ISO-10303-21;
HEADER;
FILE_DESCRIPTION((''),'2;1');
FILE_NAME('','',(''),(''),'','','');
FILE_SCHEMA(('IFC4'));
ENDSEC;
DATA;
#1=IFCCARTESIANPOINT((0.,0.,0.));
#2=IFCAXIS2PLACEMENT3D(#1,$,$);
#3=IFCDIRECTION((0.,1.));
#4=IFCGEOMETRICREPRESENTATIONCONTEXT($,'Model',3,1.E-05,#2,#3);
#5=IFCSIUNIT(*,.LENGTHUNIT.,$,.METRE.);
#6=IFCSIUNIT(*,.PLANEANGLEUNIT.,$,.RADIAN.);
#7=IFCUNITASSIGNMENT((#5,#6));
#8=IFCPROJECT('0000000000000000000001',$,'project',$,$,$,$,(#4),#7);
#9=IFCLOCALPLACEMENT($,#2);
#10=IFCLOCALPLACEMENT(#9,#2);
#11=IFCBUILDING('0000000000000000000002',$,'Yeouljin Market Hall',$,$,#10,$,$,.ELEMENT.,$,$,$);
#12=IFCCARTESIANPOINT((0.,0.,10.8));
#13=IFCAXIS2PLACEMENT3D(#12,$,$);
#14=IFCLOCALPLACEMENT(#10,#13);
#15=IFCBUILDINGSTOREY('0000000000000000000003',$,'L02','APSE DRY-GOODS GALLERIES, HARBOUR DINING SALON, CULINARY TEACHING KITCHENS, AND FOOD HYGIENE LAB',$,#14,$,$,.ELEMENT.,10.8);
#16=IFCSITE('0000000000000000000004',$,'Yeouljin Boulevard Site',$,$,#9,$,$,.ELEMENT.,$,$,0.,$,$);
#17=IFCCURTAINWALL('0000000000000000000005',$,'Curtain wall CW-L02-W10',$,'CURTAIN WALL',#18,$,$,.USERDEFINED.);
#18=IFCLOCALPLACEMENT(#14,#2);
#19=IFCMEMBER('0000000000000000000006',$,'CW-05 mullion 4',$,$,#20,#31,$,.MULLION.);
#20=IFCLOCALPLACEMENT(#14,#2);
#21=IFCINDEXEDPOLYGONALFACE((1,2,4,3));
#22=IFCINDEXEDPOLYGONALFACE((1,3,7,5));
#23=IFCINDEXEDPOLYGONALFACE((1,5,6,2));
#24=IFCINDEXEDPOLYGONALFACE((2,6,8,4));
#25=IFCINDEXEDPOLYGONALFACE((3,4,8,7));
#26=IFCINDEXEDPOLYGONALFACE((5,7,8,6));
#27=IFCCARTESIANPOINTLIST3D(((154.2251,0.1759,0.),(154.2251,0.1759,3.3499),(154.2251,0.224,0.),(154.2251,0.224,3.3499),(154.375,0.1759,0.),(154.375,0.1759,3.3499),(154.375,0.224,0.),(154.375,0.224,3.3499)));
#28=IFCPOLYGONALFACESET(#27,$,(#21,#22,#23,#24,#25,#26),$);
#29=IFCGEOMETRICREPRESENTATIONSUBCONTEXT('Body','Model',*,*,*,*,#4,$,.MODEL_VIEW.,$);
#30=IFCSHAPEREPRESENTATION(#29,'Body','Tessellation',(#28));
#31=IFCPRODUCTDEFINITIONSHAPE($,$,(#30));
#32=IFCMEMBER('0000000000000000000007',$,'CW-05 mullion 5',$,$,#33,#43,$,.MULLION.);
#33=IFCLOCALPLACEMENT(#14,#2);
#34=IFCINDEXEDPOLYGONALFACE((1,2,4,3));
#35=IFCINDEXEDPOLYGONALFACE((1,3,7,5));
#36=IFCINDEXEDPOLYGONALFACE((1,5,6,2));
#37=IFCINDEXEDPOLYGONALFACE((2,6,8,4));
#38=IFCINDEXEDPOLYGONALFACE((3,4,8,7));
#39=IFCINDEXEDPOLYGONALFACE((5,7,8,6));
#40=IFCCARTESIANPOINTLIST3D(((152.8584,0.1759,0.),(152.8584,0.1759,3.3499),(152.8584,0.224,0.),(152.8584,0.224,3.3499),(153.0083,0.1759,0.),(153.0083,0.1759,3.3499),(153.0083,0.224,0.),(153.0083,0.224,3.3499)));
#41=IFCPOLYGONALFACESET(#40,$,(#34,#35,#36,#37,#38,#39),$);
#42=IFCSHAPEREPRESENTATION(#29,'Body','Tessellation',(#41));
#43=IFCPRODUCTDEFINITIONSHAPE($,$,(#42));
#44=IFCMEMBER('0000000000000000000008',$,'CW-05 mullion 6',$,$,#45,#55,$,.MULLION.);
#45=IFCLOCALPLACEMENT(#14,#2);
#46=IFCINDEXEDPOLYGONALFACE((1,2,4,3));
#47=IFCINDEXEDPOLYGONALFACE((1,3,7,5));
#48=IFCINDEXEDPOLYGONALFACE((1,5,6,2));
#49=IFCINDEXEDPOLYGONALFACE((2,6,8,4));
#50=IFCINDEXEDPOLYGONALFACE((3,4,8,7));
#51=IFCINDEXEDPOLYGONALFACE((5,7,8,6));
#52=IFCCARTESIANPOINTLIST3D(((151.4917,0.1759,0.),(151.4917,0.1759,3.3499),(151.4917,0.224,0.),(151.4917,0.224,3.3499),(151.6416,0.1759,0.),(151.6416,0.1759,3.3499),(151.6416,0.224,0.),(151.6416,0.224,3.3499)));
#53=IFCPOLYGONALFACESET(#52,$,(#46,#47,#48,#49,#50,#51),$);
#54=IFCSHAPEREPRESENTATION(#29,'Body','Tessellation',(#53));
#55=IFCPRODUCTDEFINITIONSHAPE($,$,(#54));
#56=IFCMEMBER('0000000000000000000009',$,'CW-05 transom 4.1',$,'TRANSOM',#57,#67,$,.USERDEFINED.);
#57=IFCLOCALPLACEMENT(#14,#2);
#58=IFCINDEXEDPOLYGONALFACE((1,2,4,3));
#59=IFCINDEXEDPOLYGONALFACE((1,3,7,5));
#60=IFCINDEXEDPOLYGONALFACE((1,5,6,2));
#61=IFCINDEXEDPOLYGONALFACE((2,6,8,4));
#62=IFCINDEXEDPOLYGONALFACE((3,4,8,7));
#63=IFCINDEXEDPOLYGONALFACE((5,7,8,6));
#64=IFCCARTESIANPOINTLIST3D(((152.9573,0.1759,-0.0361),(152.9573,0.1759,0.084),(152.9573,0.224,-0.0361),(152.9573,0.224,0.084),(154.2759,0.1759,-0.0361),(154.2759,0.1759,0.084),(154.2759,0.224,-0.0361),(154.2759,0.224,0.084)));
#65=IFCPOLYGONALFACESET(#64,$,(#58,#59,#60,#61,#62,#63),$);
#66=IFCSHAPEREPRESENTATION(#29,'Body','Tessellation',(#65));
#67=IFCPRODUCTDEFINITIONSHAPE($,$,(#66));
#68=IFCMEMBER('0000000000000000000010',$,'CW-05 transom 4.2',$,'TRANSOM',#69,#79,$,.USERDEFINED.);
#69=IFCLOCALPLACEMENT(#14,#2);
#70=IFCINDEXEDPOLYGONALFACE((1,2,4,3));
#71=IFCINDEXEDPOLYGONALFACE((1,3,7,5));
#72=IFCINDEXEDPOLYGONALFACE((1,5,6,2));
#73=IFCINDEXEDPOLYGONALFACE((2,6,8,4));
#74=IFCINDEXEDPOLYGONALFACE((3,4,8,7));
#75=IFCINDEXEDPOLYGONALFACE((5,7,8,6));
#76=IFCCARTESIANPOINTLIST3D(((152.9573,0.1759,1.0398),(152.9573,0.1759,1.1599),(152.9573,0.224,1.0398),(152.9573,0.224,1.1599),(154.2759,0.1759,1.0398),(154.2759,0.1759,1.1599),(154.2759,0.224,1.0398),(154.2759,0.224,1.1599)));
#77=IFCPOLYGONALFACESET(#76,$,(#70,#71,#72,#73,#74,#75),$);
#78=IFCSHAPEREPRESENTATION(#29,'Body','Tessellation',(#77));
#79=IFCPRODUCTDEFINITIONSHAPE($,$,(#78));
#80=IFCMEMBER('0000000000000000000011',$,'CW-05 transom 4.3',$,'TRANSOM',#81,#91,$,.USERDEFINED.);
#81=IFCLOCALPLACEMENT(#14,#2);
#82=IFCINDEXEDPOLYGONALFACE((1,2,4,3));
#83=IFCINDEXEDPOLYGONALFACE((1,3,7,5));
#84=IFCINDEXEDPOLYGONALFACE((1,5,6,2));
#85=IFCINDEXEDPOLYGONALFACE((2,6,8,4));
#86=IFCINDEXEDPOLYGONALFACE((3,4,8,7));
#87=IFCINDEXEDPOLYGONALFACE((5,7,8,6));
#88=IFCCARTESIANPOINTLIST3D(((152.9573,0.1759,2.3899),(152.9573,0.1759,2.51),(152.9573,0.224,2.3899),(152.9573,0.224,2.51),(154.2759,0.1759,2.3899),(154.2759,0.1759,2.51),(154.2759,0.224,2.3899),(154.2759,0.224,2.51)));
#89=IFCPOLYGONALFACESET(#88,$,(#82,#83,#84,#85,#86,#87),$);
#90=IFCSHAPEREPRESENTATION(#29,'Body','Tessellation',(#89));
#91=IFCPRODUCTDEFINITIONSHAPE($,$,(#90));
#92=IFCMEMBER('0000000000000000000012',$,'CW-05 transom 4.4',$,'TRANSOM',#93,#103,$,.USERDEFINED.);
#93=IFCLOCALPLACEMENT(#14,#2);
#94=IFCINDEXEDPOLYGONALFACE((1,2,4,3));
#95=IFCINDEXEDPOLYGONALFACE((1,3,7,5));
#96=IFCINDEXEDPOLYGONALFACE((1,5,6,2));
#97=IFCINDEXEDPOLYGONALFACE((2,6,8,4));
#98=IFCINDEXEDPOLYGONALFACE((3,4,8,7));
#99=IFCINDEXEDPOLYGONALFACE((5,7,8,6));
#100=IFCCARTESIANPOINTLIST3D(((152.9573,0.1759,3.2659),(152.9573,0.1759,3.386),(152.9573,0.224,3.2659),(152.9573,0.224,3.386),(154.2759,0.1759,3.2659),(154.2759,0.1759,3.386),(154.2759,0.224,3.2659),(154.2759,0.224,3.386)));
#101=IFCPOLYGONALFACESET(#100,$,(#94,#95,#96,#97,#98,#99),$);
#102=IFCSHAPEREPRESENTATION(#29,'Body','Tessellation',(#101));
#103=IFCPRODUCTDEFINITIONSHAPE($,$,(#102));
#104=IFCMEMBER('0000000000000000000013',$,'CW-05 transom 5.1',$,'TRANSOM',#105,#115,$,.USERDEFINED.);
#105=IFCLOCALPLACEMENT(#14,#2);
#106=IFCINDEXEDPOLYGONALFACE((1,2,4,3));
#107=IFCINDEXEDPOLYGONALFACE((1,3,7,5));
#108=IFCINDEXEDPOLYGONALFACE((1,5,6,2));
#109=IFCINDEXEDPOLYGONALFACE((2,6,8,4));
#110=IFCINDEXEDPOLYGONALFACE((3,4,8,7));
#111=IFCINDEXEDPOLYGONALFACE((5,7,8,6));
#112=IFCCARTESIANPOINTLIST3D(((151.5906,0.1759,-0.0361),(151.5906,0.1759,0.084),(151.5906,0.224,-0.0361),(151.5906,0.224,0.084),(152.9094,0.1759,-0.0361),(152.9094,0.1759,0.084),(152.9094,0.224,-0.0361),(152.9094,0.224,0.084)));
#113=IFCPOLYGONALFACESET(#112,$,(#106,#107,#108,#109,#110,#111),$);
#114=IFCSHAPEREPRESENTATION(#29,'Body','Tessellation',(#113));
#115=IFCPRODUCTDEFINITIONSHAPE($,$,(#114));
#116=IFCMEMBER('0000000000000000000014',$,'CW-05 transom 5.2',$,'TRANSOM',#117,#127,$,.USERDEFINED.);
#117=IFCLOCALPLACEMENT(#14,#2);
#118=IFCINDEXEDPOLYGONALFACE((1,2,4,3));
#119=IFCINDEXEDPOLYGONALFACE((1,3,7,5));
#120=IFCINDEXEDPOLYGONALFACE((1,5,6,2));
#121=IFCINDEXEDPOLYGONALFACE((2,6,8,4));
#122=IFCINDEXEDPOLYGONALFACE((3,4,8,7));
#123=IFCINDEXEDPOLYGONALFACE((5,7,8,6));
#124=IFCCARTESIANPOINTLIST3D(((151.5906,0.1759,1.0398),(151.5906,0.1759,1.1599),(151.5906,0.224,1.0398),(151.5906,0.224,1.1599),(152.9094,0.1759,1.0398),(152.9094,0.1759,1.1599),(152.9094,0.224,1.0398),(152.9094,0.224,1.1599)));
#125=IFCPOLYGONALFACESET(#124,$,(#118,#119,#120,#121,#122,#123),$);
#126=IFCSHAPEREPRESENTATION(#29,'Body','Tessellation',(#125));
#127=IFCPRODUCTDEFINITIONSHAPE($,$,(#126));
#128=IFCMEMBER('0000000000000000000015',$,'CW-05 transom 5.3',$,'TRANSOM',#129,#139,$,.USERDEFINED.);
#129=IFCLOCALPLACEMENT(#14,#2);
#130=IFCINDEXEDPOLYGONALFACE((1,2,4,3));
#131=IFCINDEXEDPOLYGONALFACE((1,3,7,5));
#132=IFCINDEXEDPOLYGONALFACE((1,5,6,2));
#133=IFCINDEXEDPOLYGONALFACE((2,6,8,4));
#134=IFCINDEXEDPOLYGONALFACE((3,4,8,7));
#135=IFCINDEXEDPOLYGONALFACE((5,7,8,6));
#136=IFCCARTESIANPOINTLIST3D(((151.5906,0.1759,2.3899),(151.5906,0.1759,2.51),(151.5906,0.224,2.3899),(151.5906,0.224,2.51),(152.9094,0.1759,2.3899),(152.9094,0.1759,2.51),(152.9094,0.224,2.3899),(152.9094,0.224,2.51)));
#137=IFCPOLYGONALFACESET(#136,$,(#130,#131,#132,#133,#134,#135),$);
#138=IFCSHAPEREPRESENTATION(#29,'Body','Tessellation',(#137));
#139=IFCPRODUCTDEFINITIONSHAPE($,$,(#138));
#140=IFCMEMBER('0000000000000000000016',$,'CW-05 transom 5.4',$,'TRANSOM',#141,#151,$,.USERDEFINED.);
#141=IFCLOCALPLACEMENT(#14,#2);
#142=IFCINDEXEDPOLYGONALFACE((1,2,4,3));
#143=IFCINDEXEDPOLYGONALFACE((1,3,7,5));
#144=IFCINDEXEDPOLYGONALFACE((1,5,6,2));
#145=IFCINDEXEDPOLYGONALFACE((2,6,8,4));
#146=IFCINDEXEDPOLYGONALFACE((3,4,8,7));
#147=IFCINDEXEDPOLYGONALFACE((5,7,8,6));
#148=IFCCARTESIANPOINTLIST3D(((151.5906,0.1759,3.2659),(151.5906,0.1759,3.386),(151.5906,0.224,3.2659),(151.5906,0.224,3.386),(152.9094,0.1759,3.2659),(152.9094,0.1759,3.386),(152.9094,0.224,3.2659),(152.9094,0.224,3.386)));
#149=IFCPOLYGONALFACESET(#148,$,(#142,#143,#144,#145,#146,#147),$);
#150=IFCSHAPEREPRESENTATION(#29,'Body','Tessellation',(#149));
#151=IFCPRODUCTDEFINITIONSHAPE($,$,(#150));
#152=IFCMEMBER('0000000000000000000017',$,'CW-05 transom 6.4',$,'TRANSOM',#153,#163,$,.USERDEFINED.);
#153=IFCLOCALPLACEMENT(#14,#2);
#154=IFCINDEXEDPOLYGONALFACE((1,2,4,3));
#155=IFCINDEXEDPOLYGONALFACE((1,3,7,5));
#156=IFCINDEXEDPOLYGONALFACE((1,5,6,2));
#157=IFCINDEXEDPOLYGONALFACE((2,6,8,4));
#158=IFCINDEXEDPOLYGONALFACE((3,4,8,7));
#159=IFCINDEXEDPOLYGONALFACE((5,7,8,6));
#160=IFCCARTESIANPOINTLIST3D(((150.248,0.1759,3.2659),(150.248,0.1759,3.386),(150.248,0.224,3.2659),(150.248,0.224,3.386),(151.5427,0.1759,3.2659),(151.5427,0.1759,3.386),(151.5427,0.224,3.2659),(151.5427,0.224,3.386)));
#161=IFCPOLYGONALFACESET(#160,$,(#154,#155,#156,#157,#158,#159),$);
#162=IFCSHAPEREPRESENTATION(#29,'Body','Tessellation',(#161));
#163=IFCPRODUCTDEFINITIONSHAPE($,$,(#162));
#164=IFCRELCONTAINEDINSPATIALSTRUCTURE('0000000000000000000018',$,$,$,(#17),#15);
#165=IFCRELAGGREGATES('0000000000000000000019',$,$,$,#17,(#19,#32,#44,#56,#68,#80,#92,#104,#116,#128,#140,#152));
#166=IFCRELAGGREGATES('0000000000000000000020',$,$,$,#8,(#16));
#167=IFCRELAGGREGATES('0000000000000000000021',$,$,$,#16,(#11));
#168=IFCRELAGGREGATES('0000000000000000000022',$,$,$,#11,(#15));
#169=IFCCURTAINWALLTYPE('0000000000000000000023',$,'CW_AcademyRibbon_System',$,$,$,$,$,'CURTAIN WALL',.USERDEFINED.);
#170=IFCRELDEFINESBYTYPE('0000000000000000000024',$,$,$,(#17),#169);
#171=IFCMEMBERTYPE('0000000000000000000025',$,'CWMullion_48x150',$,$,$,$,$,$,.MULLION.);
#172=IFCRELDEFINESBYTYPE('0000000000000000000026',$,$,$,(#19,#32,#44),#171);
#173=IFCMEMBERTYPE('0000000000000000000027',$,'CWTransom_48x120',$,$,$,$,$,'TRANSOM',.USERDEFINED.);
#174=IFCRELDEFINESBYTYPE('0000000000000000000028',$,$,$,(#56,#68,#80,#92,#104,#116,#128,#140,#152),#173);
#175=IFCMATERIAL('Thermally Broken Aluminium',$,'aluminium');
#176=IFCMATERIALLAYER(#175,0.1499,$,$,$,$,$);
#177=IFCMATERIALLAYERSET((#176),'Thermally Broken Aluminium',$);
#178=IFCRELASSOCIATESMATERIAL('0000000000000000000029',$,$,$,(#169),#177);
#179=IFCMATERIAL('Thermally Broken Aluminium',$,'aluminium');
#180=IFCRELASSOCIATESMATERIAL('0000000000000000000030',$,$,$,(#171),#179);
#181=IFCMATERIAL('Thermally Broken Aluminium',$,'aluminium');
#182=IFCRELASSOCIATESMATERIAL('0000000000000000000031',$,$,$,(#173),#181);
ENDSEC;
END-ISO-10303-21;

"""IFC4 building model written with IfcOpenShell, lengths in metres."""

from ifc_helpers import new_model, si_unit, direction, frame, origin, origin_2d, place, context, subcontext, project, spatial, rectangle, extrude, material, layer, layer_set, material_profile, profile_set, type_object, element, aggregate, save


model = new_model("IFC4")

# Units and contexts
model_context = context("Model", 3, precision=1e-05, world=origin(), true_north=direction((0.0, 1.0)))
body_context = subcontext(model_context, "Body", "Model", "MODEL_VIEW")
ifc_project = project(units=[si_unit("LENGTHUNIT", "METRE"), si_unit("PLANEANGLEUNIT", "RADIAN")], contexts=[model_context])

# Site, building, storey
site_placement = place(None, origin())
site = spatial("IfcSite", under=ifc_project, at=site_placement, Name="Yeouljin Boulevard Site", CompositionType="ELEMENT", RefElevation=0.0)
building_placement = place(site_placement, origin())
building = spatial("IfcBuilding", under=site, at=building_placement, Name="Yeouljin Market Hall", CompositionType="ELEMENT")
storey_placement = place(building_placement, frame((0.0, 0.0, 10.8)))
storey = spatial("IfcBuildingStorey", under=building, at=storey_placement, Name="L02", Description="APSE DRY-GOODS GALLERIES, HARBOUR DINING SALON, CULINARY TEACHING KITCHENS, AND FOOD HYGIENE LAB", CompositionType="ELEMENT", Elevation=10.8)

# Curtain wall, members
ifc_material_1 = material(Name="Thermally Broken Aluminium", Category="aluminium")
ifc_layer_1 = layer(ifc_material_1, 0.1499)
ifc_layer_set_1 = layer_set([ifc_layer_1], Name="Thermally Broken Aluminium")
curtain_wall_type = type_object("IfcCurtainWallType", Name="CW_AcademyRibbon_System", ElementType="CURTAIN WALL", PredefinedType="USERDEFINED", material=ifc_layer_set_1)
curtain_wall_placement = place(storey_placement, origin())
curtain_wall = element("IfcCurtainWall", 1, at=curtain_wall_placement, inside=storey, type_object=curtain_wall_type, Name="Curtain wall CW-L02-W10", ObjectType="CURTAIN WALL", PredefinedType="USERDEFINED")
ifc_material_2 = material(Name="Thermally Broken Aluminium", Category="aluminium")
ifc_material_profile_1 = material_profile(ifc_material_2, rectangle(XDim=0.0481, YDim=0.1499, at=origin_2d()), Name="CW-MULL-48x150")
ifc_profile_set_1 = profile_set([ifc_material_profile_1], Name="Thermally Broken Aluminium")
member_type_1 = type_object("IfcMemberType", Name="CWMullion_48x150", PredefinedType="MULLION", material=ifc_profile_set_1)
member_1_placement = place(storey_placement, frame((154.3, 0.2, 0.0), z_axis=(0.0, 0.0, 1.0), x_axis=(0.0, -1.0, 0.0)))
member_1 = element("IfcMember", 2, at=member_1_placement, type_object=member_type_1, Name="CW-05 mullion 4", PredefinedType="MULLION", context=body_context, shape_type="SweptSolid", body=[
    extrude(rectangle(XDim=0.0481, YDim=0.1499, at=origin_2d()), origin(), (0.0, 0.0, 1.0), 3.3499),
])
member_2_placement = place(storey_placement, frame((152.9333, 0.2, 0.0), z_axis=(0.0, 0.0, 1.0), x_axis=(0.0, -1.0, 0.0)))
member_2 = element("IfcMember", 3, at=member_2_placement, type_object=member_type_1, Name="CW-05 mullion 5", PredefinedType="MULLION", context=body_context, shape_type="SweptSolid", body=[
    extrude(rectangle(XDim=0.0481, YDim=0.1499, at=origin_2d()), origin(), (0.0, 0.0, 1.0), 3.3499),
])
member_3_placement = place(storey_placement, frame((151.5667, 0.2, 0.0), z_axis=(0.0, 0.0, 1.0), x_axis=(0.0, -1.0, 0.0)))
member_3 = element("IfcMember", 4, at=member_3_placement, type_object=member_type_1, Name="CW-05 mullion 6", PredefinedType="MULLION", context=body_context, shape_type="SweptSolid", body=[
    extrude(rectangle(XDim=0.0481, YDim=0.1499, at=origin_2d()), origin(), (0.0, 0.0, 1.0), 3.3499),
])
ifc_material_3 = material(Name="Thermally Broken Aluminium", Category="aluminium")
ifc_material_profile_2 = material_profile(ifc_material_3, rectangle(XDim=0.0481, YDim=0.1201, at=origin_2d()), Name="CW-TRAN-48x120")
ifc_profile_set_2 = profile_set([ifc_material_profile_2], Name="Thermally Broken Aluminium")
member_type_2 = type_object("IfcMemberType", Name="CWTransom_48x120", ElementType="TRANSOM", PredefinedType="USERDEFINED", material=ifc_profile_set_2)
member_4_placement = place(storey_placement, frame((154.2759, 0.2, 0.0239), z_axis=(-1.0, 0.0, 0.0), x_axis=(0.0, -1.0, 0.0)))
member_4 = element("IfcMember", 5, at=member_4_placement, type_object=member_type_2, Name="CW-05 transom 4.1", ObjectType="TRANSOM", PredefinedType="USERDEFINED", context=body_context, shape_type="SweptSolid", body=[
    extrude(rectangle(XDim=0.0481, YDim=0.1201, at=origin_2d()), origin(), (0.0, 0.0, 1.0), 1.3186),
])
member_5_placement = place(storey_placement, frame((154.2759, 0.2, 1.0999), z_axis=(-1.0, 0.0, 0.0), x_axis=(0.0, -1.0, 0.0)))
member_5 = element("IfcMember", 6, at=member_5_placement, type_object=member_type_2, Name="CW-05 transom 4.2", ObjectType="TRANSOM", PredefinedType="USERDEFINED", context=body_context, shape_type="SweptSolid", body=[
    extrude(rectangle(XDim=0.0481, YDim=0.1201, at=origin_2d()), origin(), (0.0, 0.0, 1.0), 1.3186),
])
member_6_placement = place(storey_placement, frame((154.2759, 0.2, 2.45), z_axis=(-1.0, 0.0, 0.0), x_axis=(0.0, -1.0, 0.0)))
member_6 = element("IfcMember", 7, at=member_6_placement, type_object=member_type_2, Name="CW-05 transom 4.3", ObjectType="TRANSOM", PredefinedType="USERDEFINED", context=body_context, shape_type="SweptSolid", body=[
    extrude(rectangle(XDim=0.0481, YDim=0.1201, at=origin_2d()), origin(), (0.0, 0.0, 1.0), 1.3186),
])
member_7_placement = place(storey_placement, frame((154.2759, 0.2, 3.3259), z_axis=(-1.0, 0.0, 0.0), x_axis=(0.0, -1.0, 0.0)))
member_7 = element("IfcMember", 8, at=member_7_placement, type_object=member_type_2, Name="CW-05 transom 4.4", ObjectType="TRANSOM", PredefinedType="USERDEFINED", context=body_context, shape_type="SweptSolid", body=[
    extrude(rectangle(XDim=0.0481, YDim=0.1201, at=origin_2d()), origin(), (0.0, 0.0, 1.0), 1.3186),
])
member_8_placement = place(storey_placement, frame((152.9094, 0.2, 0.0239), z_axis=(-1.0, 0.0, 0.0), x_axis=(0.0, -1.0, 0.0)))
member_8 = element("IfcMember", 9, at=member_8_placement, type_object=member_type_2, Name="CW-05 transom 5.1", ObjectType="TRANSOM", PredefinedType="USERDEFINED", context=body_context, shape_type="SweptSolid", body=[
    extrude(rectangle(XDim=0.0481, YDim=0.1201, at=origin_2d()), origin(), (0.0, 0.0, 1.0), 1.3188),
])
member_9_placement = place(storey_placement, frame((152.9094, 0.2, 1.0999), z_axis=(-1.0, 0.0, 0.0), x_axis=(0.0, -1.0, 0.0)))
member_9 = element("IfcMember", 10, at=member_9_placement, type_object=member_type_2, Name="CW-05 transom 5.2", ObjectType="TRANSOM", PredefinedType="USERDEFINED", context=body_context, shape_type="SweptSolid", body=[
    extrude(rectangle(XDim=0.0481, YDim=0.1201, at=origin_2d()), origin(), (0.0, 0.0, 1.0), 1.3188),
])
member_10_placement = place(storey_placement, frame((152.9094, 0.2, 2.45), z_axis=(-1.0, 0.0, 0.0), x_axis=(0.0, -1.0, 0.0)))
member_10 = element("IfcMember", 11, at=member_10_placement, type_object=member_type_2, Name="CW-05 transom 5.3", ObjectType="TRANSOM", PredefinedType="USERDEFINED", context=body_context, shape_type="SweptSolid", body=[
    extrude(rectangle(XDim=0.0481, YDim=0.1201, at=origin_2d()), origin(), (0.0, 0.0, 1.0), 1.3188),
])
member_11_placement = place(storey_placement, frame((152.9094, 0.2, 3.3259), z_axis=(-1.0, 0.0, 0.0), x_axis=(0.0, -1.0, 0.0)))
member_11 = element("IfcMember", 12, at=member_11_placement, type_object=member_type_2, Name="CW-05 transom 5.4", ObjectType="TRANSOM", PredefinedType="USERDEFINED", context=body_context, shape_type="SweptSolid", body=[
    extrude(rectangle(XDim=0.0481, YDim=0.1201, at=origin_2d()), origin(), (0.0, 0.0, 1.0), 1.3188),
])
member_12_placement = place(storey_placement, frame((151.5427, 0.2, 3.3259), z_axis=(-1.0, 0.0, 0.0), x_axis=(0.0, -1.0, 0.0)))
member_12 = element("IfcMember", 13, at=member_12_placement, type_object=member_type_2, Name="CW-05 transom 6.4", ObjectType="TRANSOM", PredefinedType="USERDEFINED", context=body_context, shape_type="SweptSolid", body=[
    extrude(rectangle(XDim=0.0481, YDim=0.1201, at=origin_2d()), origin(), (0.0, 0.0, 1.0), 1.2947),
])

aggregate(curtain_wall, [member_1, member_2, member_3, member_4, member_5, member_6, member_7, member_8, member_9, member_10, member_11, member_12])

save(model, "model.ifc")
